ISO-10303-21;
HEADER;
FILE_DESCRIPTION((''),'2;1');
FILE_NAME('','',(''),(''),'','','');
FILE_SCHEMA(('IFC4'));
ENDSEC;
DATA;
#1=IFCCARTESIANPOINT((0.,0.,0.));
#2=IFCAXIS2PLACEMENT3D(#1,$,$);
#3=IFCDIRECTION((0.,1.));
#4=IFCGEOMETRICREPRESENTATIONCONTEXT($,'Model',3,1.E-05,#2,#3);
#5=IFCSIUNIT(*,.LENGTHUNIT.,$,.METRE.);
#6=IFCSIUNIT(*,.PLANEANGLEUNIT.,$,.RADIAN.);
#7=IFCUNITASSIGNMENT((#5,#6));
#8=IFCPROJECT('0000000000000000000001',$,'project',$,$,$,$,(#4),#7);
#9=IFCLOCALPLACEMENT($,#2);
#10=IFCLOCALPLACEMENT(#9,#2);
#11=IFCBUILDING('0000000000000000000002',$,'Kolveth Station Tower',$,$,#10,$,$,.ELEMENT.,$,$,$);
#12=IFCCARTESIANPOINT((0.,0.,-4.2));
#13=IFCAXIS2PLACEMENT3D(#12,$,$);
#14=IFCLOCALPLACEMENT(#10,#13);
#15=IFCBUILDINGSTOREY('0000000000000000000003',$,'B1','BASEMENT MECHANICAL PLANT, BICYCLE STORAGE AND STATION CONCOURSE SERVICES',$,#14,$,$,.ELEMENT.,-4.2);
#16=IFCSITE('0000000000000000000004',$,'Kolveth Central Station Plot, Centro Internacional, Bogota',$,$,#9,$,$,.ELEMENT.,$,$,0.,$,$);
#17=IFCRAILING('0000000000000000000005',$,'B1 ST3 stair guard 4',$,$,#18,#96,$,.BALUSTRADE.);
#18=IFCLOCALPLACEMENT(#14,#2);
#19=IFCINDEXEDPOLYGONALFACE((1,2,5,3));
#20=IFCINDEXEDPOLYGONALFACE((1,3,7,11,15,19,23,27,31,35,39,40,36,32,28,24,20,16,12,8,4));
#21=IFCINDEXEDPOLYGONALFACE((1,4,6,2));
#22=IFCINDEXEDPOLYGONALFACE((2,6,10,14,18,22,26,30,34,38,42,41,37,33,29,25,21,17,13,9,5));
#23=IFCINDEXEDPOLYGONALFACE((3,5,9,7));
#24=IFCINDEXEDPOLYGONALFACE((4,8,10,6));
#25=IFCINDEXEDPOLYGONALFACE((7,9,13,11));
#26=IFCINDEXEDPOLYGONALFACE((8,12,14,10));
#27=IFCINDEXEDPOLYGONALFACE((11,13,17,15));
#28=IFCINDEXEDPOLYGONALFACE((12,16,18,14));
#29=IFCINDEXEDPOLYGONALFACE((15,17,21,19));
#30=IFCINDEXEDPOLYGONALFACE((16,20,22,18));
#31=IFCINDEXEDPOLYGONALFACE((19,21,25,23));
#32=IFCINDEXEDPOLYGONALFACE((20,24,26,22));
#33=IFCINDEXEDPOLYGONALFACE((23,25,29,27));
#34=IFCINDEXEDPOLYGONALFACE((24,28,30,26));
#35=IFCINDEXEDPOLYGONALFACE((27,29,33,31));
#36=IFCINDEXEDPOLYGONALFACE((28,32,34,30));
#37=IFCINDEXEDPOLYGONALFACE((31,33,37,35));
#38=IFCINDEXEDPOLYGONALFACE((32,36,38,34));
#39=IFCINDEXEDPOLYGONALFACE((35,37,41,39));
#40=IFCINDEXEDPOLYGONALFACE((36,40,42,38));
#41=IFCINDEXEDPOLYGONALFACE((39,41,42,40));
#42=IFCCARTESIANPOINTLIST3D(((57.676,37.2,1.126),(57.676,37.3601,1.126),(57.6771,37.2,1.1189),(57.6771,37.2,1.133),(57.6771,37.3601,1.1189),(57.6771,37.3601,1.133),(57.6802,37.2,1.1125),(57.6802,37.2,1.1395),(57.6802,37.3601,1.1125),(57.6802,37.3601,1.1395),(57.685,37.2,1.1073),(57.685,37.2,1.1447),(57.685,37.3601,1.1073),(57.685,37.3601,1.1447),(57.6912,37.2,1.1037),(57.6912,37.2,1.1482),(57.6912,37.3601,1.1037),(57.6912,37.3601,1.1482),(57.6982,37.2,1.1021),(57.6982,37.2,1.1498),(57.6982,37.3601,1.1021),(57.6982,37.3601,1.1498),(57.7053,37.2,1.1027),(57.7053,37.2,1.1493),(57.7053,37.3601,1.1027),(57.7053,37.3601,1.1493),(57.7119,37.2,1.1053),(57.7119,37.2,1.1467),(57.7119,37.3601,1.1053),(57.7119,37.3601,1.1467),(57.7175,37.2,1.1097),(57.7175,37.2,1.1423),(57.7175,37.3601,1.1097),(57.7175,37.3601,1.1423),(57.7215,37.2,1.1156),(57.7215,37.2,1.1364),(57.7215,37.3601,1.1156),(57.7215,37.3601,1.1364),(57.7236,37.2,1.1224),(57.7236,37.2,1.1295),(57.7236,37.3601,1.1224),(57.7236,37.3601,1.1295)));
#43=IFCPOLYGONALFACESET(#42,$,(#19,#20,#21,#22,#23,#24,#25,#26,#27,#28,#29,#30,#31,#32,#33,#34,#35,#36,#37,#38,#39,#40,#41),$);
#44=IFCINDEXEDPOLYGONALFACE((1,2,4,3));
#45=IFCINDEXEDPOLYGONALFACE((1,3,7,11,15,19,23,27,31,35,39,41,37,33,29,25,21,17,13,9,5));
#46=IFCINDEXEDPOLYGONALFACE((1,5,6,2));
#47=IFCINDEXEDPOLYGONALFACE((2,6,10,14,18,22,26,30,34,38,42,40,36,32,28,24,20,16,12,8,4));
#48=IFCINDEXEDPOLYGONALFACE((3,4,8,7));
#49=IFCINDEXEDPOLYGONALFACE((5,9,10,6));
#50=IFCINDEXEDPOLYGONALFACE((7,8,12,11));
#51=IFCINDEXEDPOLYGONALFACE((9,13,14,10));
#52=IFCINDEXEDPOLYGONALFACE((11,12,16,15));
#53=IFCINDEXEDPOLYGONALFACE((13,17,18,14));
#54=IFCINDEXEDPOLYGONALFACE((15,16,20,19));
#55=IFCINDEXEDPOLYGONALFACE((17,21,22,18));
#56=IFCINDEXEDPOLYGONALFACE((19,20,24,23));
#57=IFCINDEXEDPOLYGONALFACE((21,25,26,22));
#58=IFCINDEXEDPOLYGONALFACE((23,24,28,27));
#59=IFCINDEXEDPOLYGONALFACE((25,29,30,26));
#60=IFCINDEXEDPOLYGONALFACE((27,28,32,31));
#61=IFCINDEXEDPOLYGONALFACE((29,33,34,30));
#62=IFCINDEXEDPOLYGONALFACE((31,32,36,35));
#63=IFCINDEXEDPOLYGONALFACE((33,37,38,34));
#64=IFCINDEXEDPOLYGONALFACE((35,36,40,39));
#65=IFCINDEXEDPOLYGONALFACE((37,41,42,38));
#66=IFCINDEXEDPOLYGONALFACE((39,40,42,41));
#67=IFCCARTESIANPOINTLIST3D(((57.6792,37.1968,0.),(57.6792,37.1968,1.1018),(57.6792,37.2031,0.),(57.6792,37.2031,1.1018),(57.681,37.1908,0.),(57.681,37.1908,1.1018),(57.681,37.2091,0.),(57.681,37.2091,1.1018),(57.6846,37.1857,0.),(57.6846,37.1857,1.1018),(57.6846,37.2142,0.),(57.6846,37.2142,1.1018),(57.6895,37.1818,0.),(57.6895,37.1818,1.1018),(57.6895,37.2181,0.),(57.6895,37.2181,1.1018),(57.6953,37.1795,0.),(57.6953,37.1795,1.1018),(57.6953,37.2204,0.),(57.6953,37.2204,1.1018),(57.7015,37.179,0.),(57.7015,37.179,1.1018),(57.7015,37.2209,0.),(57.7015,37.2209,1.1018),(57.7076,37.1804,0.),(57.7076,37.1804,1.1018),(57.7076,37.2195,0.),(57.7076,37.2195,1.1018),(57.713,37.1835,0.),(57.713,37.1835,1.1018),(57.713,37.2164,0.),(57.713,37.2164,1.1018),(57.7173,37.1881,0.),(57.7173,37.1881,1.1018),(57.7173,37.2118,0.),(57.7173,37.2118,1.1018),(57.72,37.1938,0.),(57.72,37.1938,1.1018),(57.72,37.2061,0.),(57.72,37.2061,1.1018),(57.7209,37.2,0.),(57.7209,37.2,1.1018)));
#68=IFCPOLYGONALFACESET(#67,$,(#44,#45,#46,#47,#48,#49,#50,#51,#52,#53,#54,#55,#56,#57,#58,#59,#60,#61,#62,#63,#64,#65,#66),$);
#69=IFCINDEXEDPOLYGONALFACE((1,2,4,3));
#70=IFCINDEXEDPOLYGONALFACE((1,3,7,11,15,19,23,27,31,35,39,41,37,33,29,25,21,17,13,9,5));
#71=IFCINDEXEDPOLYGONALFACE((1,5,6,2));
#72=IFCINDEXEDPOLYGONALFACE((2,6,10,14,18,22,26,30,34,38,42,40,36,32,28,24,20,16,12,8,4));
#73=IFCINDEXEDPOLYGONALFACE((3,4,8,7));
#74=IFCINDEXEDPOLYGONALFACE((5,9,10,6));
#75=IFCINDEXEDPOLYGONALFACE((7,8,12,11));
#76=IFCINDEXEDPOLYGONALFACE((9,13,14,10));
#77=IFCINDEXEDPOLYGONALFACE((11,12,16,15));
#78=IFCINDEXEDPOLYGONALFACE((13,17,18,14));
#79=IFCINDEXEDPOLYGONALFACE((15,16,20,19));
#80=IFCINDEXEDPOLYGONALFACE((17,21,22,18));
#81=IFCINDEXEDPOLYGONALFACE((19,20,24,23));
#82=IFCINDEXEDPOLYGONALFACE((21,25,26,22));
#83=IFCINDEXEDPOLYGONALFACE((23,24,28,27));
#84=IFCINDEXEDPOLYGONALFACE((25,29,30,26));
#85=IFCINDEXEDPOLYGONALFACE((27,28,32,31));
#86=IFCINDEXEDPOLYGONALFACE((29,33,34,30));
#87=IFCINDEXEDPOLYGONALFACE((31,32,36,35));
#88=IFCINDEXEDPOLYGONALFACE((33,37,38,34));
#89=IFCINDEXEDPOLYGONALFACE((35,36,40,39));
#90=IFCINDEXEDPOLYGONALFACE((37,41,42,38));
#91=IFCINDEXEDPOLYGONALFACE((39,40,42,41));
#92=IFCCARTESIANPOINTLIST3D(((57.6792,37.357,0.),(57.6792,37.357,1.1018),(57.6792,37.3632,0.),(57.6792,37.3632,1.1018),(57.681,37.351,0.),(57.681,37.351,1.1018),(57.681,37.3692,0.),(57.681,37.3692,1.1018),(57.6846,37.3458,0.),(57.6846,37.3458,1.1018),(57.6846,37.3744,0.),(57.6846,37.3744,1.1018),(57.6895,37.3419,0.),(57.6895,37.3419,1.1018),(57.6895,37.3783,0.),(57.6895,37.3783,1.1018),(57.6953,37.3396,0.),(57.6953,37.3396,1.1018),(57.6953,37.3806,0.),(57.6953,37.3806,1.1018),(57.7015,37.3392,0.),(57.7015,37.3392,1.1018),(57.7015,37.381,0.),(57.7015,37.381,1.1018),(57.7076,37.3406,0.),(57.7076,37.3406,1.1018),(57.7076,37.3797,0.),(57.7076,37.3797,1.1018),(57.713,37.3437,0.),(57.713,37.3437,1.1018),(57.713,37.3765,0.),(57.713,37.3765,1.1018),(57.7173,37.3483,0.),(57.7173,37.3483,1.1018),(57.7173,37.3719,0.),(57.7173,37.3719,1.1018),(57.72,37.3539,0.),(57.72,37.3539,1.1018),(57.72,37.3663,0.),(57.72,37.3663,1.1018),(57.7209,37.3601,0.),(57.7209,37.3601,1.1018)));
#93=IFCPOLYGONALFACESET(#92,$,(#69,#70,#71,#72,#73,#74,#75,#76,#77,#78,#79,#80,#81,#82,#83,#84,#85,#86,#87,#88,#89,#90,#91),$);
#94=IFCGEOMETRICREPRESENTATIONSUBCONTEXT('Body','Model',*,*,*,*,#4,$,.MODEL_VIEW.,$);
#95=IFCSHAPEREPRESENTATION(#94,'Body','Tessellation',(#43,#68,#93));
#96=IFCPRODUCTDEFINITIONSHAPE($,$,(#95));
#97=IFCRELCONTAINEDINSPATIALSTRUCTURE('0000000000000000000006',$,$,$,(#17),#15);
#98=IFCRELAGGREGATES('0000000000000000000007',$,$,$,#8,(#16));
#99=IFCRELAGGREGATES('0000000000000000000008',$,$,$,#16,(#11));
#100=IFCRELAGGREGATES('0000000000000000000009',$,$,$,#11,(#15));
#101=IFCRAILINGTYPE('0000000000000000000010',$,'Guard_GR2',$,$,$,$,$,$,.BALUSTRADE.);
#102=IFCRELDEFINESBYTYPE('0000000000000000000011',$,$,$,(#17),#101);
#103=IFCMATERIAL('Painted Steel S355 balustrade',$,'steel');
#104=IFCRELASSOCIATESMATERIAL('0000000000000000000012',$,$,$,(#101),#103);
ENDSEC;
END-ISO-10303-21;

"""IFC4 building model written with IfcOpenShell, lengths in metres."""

from ifc_helpers import new_model, si_unit, direction, frame, origin, origin_2d, place, context, subcontext, project, spatial, circle, extrude, material, type_object, element, save


model = new_model("IFC4")

# Units and contexts
model_context = context("Model", 3, precision=1e-05, world=origin(), true_north=direction((0.0, 1.0)))
body_context = subcontext(model_context, "Body", "Model", "MODEL_VIEW")
ifc_project = project(units=[si_unit("LENGTHUNIT", "METRE"), si_unit("PLANEANGLEUNIT", "RADIAN")], contexts=[model_context])

# Site, building, storey
site_placement = place(None, origin())
site = spatial("IfcSite", under=ifc_project, at=site_placement, Name="Kolveth Central Station Plot, Centro Internacional, Bogota", CompositionType="ELEMENT", RefElevation=0.0)
building_placement = place(site_placement, origin())
building = spatial("IfcBuilding", under=site, at=building_placement, Name="Kolveth Station Tower", CompositionType="ELEMENT")
storey_placement = place(building_placement, frame((0.0, 0.0, -4.2)))
storey = spatial("IfcBuildingStorey", under=building, at=storey_placement, Name="B1", Description="BASEMENT MECHANICAL PLANT, BICYCLE STORAGE AND STATION CONCOURSE SERVICES", CompositionType="ELEMENT", Elevation=-4.2)

# Railing
ifc_material_1 = material(Name="Painted Steel S355 balustrade", Category="steel")
railing_type_1 = type_object("IfcRailingType", Name="Guard_GR2", PredefinedType="BALUSTRADE", material=ifc_material_1)
railing_1_placement = place(storey_placement, frame((57.7, 37.2, 0.0)))
element("IfcRailing", 1, at=railing_1_placement, inside=storey, type_object=railing_type_1, Name="B1 ST3 stair guard 4", PredefinedType="BALUSTRADE", context=body_context, shape_type="SweptSolid", body=[
    extrude(circle(Radius=0.0239, at=origin_2d()), frame((0.0, 0.0, 1.126), z_axis=(0.0, 1.0, 0.0), x_axis=(-1.0, 0.0, 0.0)), (0.0, 0.0, 1.0), 0.1602),
    extrude(circle(Radius=0.021, at=origin_2d()), origin(), (0.0, 0.0, 1.0), 1.1018),
    extrude(circle(Radius=0.021, at=origin_2d()), frame((0.0, 0.1602, 0.0)), (0.0, 0.0, 1.0), 1.1018),
])

save(model, "model.ifc")
